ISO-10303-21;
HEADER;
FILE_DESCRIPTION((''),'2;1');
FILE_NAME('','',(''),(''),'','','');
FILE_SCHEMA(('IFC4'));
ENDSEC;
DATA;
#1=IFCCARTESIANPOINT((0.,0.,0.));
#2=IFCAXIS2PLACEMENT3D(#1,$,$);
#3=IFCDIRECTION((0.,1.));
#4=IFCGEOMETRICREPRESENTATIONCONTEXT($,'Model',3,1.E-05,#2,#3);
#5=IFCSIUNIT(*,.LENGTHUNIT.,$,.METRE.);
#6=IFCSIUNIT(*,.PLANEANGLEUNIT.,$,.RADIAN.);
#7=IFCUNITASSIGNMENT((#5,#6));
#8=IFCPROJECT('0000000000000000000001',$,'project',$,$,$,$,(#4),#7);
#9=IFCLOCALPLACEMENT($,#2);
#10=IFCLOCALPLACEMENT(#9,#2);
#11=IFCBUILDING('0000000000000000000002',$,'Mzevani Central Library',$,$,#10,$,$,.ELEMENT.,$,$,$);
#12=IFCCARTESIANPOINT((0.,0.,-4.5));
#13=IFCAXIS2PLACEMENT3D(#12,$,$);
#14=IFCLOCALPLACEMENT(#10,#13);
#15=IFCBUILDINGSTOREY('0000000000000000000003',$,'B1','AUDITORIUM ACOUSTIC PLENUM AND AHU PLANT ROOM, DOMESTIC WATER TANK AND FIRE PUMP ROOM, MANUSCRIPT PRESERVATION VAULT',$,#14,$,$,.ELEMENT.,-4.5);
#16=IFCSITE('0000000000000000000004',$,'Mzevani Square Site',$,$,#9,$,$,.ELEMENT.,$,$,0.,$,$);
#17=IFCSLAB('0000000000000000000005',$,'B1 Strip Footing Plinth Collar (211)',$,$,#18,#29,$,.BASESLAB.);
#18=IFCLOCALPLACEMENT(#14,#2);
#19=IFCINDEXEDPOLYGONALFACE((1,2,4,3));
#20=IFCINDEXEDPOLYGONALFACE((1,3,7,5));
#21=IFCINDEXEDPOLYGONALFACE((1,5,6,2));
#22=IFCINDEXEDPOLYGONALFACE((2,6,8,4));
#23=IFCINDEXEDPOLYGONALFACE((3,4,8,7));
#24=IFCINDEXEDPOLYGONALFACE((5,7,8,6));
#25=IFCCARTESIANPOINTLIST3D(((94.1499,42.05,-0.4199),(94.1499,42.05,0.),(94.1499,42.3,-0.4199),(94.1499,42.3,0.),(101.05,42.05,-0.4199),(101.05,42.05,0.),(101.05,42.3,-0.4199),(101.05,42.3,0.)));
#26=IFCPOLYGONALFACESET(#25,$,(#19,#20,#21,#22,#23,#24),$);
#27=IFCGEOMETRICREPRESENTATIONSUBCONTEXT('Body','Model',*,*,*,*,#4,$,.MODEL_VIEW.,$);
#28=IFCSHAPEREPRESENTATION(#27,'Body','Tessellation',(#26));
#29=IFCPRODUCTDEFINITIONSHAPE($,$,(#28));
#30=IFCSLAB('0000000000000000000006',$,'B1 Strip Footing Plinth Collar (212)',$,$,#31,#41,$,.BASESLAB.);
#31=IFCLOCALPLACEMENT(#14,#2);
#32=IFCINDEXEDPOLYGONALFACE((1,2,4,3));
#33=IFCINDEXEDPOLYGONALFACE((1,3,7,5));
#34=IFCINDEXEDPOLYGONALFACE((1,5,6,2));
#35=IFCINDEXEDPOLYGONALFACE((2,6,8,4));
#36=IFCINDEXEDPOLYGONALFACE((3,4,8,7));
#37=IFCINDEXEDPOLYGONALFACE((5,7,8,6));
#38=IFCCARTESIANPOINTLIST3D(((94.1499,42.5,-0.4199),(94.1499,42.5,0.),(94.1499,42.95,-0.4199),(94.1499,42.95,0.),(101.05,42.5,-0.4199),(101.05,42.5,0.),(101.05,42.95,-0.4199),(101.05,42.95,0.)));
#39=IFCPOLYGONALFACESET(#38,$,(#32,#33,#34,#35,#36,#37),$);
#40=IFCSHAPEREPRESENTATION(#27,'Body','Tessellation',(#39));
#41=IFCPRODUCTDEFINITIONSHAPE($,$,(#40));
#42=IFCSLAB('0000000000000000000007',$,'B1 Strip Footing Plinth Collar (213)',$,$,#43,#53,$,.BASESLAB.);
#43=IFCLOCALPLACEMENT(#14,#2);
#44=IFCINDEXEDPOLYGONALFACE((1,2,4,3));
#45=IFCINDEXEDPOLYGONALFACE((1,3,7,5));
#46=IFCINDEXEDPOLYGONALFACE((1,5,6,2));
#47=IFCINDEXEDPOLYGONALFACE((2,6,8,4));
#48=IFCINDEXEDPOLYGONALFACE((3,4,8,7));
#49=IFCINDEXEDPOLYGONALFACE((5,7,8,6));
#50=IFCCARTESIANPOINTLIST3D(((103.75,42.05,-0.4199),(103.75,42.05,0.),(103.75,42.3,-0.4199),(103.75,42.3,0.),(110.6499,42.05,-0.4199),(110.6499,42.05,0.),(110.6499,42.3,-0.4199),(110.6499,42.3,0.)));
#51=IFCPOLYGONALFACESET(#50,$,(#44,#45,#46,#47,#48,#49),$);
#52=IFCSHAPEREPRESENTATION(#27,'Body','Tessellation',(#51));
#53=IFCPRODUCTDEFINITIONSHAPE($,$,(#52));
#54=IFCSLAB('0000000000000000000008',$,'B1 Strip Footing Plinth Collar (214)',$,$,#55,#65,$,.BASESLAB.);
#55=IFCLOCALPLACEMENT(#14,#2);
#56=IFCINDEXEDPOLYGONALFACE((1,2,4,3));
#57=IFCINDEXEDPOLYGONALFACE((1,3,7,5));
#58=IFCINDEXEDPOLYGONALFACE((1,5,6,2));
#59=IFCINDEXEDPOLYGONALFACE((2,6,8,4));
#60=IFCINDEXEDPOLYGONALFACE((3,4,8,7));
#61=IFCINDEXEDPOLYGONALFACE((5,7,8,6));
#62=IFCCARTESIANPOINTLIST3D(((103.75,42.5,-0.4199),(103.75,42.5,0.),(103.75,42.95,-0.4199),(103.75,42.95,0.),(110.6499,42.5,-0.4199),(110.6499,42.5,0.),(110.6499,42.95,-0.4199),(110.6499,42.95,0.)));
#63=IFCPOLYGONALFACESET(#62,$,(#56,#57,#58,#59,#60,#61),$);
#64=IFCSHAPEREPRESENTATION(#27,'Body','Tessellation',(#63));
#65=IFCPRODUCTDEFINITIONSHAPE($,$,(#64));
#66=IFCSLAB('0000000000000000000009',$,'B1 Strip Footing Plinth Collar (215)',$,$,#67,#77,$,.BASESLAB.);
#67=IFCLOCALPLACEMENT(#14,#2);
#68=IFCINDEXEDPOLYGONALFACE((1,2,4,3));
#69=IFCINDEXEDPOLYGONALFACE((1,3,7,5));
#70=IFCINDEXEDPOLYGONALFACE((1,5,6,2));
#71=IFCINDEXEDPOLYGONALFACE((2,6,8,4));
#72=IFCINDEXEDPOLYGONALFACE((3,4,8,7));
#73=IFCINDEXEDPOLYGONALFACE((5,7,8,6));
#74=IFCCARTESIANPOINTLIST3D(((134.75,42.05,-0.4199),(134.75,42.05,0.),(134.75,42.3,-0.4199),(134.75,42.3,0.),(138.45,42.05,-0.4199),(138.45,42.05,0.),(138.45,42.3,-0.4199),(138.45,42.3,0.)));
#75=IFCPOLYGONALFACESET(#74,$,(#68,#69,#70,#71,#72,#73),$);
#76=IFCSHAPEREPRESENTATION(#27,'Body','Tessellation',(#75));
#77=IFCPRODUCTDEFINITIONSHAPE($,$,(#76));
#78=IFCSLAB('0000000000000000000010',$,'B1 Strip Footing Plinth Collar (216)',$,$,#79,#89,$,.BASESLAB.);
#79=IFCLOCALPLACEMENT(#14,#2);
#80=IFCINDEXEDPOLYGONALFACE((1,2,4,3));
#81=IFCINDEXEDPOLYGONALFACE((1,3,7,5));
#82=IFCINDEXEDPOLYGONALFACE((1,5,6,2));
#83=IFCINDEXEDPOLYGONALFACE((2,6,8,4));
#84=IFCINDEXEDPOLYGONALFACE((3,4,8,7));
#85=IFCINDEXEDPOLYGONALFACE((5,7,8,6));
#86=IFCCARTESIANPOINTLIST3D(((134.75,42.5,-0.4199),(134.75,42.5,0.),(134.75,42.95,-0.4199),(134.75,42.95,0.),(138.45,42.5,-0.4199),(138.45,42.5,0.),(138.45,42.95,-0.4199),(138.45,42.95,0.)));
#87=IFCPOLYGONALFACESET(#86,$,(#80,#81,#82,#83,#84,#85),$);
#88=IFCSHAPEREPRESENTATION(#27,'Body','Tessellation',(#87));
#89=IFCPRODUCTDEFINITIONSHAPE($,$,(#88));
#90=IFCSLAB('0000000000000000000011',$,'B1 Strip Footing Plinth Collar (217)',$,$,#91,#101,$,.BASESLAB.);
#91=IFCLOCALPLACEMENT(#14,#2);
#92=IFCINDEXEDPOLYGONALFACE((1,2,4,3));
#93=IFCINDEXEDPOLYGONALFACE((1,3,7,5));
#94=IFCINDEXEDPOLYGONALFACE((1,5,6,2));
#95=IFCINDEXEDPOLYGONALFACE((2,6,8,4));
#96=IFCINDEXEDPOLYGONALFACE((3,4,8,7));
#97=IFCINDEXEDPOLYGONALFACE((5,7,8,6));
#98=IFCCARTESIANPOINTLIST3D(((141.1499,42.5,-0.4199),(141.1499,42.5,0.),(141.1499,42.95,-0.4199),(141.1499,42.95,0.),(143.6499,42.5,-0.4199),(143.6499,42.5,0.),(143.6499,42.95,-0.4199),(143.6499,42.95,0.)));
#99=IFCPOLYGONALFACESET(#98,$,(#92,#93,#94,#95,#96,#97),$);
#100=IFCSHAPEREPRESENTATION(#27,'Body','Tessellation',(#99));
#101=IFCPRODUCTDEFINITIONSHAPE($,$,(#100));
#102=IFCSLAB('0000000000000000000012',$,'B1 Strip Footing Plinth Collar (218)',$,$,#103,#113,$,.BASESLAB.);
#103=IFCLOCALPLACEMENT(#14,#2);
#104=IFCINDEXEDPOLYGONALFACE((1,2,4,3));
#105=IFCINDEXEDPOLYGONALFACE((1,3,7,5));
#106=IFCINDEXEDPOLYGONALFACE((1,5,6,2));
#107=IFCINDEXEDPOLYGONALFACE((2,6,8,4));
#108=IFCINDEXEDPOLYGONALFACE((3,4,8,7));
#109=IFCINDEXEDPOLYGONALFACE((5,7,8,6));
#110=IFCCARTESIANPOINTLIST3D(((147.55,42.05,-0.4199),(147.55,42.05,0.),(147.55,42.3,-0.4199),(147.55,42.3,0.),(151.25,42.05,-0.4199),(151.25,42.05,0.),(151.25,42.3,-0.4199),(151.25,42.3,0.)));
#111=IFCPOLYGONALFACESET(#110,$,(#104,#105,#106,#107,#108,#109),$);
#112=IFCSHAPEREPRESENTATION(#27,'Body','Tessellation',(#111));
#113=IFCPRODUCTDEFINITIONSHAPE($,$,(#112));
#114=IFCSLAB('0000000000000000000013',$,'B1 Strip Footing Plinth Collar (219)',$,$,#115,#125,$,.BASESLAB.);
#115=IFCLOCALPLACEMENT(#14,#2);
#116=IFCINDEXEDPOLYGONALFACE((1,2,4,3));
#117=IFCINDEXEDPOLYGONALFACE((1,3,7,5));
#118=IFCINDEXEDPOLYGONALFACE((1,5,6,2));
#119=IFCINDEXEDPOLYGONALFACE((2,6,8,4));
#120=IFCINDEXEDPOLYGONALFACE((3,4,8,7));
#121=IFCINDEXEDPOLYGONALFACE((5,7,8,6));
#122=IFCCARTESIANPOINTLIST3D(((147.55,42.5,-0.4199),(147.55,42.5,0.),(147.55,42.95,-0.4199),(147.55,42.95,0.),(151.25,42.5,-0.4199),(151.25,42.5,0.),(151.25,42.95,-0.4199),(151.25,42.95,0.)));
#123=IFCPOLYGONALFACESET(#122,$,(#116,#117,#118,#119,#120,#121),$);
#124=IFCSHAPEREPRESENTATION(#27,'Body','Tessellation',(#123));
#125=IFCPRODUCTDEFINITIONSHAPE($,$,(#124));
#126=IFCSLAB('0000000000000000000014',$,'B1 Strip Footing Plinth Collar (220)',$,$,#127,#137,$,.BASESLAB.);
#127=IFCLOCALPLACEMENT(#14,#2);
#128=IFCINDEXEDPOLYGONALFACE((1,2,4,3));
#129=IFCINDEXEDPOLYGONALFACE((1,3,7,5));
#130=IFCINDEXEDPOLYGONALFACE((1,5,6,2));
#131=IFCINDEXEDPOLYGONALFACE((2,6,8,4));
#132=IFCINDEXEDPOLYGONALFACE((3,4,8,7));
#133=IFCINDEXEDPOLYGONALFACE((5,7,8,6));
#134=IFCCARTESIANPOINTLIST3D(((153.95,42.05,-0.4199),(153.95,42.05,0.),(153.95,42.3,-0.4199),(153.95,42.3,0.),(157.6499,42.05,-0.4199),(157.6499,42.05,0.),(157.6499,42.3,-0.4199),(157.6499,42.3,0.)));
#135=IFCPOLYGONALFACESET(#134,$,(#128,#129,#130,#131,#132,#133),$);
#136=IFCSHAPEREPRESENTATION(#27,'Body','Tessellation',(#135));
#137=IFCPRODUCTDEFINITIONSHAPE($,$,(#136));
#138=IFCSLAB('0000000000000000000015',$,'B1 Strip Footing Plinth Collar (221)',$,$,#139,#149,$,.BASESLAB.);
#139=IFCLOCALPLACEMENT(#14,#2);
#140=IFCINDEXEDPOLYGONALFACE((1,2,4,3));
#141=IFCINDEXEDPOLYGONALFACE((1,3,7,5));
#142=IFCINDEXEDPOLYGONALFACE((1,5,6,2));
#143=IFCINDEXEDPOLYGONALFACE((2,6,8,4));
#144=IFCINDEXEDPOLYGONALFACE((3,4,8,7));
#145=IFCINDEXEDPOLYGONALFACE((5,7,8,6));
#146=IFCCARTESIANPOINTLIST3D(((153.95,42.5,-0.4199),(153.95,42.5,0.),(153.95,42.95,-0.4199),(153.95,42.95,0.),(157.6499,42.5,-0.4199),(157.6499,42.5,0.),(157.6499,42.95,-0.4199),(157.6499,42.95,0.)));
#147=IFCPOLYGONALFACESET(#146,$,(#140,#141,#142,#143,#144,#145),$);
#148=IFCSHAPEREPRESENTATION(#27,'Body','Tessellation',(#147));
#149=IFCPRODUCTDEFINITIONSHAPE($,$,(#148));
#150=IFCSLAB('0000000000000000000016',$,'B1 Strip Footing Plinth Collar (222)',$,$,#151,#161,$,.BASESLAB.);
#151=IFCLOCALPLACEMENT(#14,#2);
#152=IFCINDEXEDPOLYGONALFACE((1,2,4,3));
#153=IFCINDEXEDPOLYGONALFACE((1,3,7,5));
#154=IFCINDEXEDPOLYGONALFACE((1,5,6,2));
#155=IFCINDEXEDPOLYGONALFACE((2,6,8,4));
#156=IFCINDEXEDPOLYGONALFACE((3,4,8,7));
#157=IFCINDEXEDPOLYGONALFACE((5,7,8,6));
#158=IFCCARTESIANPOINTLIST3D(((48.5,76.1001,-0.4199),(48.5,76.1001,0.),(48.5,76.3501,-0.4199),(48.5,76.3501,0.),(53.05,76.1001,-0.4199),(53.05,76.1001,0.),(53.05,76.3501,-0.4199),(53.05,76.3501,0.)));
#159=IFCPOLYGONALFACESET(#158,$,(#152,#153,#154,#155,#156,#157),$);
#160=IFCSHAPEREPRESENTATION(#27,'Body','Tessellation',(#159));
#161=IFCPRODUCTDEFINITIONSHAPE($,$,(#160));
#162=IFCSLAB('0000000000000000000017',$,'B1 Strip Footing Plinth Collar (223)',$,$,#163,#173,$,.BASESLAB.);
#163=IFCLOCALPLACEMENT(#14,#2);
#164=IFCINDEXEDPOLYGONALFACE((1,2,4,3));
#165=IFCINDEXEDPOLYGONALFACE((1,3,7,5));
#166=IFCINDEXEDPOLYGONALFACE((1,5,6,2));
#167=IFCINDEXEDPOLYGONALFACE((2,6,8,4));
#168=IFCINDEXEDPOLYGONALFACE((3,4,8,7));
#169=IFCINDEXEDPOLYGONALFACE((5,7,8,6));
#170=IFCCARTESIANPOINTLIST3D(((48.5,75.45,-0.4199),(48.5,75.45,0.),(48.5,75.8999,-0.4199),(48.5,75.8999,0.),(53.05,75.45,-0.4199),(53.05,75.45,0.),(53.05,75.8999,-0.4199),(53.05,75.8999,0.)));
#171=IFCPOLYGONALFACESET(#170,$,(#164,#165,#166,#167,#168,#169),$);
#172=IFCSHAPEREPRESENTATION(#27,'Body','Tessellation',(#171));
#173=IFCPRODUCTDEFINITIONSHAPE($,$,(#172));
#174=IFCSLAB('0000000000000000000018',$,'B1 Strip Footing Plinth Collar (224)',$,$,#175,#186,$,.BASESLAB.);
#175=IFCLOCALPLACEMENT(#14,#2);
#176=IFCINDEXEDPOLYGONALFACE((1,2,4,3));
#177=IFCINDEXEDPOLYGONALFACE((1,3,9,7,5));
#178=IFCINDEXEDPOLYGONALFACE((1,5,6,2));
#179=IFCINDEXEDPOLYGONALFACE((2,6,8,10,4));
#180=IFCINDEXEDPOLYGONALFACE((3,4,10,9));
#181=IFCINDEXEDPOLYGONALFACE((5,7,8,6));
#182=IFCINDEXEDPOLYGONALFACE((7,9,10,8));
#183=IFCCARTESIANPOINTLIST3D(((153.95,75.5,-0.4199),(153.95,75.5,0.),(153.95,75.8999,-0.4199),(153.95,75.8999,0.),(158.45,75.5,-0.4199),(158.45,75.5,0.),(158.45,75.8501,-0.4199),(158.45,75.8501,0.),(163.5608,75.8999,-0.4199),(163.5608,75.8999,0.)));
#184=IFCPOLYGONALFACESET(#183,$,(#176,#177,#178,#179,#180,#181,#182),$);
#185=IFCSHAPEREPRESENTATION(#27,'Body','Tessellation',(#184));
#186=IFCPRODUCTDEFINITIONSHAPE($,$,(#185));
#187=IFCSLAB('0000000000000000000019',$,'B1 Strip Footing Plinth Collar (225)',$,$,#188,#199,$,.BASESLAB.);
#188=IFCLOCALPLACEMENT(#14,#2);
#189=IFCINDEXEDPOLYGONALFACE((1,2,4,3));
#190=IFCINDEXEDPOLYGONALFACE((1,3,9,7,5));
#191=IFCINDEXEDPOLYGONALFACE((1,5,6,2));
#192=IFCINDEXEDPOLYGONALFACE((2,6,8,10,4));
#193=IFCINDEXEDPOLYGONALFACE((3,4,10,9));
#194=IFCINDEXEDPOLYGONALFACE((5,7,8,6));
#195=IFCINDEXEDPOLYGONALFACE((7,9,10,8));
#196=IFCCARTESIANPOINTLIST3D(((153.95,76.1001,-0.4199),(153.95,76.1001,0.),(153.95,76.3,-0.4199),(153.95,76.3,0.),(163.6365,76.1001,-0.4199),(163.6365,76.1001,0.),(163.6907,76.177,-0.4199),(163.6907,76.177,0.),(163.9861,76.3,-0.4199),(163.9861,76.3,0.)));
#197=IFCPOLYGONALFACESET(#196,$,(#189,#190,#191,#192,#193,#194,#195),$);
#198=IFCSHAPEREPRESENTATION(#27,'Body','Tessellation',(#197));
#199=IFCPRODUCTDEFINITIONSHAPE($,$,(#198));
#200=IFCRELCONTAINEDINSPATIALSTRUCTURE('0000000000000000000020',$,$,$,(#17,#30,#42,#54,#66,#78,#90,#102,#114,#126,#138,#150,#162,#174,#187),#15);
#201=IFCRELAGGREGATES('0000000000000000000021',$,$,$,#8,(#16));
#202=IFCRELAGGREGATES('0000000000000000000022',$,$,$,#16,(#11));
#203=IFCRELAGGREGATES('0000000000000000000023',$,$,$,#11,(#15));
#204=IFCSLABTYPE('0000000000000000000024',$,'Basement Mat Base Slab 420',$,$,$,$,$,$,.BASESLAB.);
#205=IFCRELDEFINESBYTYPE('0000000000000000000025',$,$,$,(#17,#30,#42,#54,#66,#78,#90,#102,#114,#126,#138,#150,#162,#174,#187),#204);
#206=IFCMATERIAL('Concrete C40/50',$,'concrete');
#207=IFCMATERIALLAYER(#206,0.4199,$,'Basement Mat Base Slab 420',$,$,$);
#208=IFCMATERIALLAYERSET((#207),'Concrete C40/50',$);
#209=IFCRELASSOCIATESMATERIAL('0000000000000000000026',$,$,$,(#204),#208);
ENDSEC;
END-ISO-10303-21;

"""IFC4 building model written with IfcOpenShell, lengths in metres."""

from ifc_helpers import new_model, si_unit, direction, frame, origin, place, context, subcontext, project, spatial, polyline, outline, extrude, material, layer, layer_set, type_object, element, save


model = new_model("IFC4")

# Units and contexts
model_context = context("Model", 3, precision=1e-05, world=origin(), true_north=direction((0.0, 1.0)))
body_context = subcontext(model_context, "Body", "Model", "MODEL_VIEW")
ifc_project = project(units=[si_unit("LENGTHUNIT", "METRE"), si_unit("PLANEANGLEUNIT", "RADIAN")], contexts=[model_context])

# Site, building, storey
site_placement = place(None, origin())
site = spatial("IfcSite", under=ifc_project, at=site_placement, Name="Mzevani Square Site", CompositionType="ELEMENT", RefElevation=0.0)
building_placement = place(site_placement, origin())
building = spatial("IfcBuilding", under=site, at=building_placement, Name="Mzevani Central Library", CompositionType="ELEMENT")
storey_placement = place(building_placement, frame((0.0, 0.0, -4.5)))
storey = spatial("IfcBuildingStorey", under=building, at=storey_placement, Name="B1", Description="AUDITORIUM ACOUSTIC PLENUM AND AHU PLANT ROOM, DOMESTIC WATER TANK AND FIRE PUMP ROOM, MANUSCRIPT PRESERVATION VAULT", CompositionType="ELEMENT", Elevation=-4.5)

# Slabs
ifc_material = material(Name="Concrete C40/50", Category="concrete")
ifc_layer = layer(ifc_material, 0.4199, Name="Basement Mat Base Slab 420")
ifc_layer_set = layer_set([ifc_layer], Name="Concrete C40/50")
slab_type = type_object("IfcSlabType", Name="Basement Mat Base Slab 420", PredefinedType="BASESLAB", material=ifc_layer_set)
slab_1_placement = place(storey_placement, frame((0.0, 0.0, -0.4199)))
element("IfcSlab", 1, at=slab_1_placement, inside=storey, type_object=slab_type, Name="B1 Strip Footing Plinth Collar (211)", PredefinedType="BASESLAB", context=body_context, shape_type="SweptSolid", body=[
    extrude(outline(polyline([(94.1499, 42.3), (101.05, 42.3), (101.05, 42.05), (94.1499, 42.05), (94.1499, 42.3)])), origin(), (0.0, 0.0, 1.0), 0.4199),
])
slab_2_placement = place(storey_placement, frame((0.0, 0.0, -0.4199)))
element("IfcSlab", 2, at=slab_2_placement, inside=storey, type_object=slab_type, Name="B1 Strip Footing Plinth Collar (212)", PredefinedType="BASESLAB", context=body_context, shape_type="SweptSolid", body=[
    extrude(outline(polyline([(94.1499, 42.95), (101.05, 42.95), (101.05, 42.5), (94.1499, 42.5), (94.1499, 42.95)])), origin(), (0.0, 0.0, 1.0), 0.4199),
])
slab_3_placement = place(storey_placement, frame((0.0, 0.0, -0.4199)))
element("IfcSlab", 3, at=slab_3_placement, inside=storey, type_object=slab_type, Name="B1 Strip Footing Plinth Collar (213)", PredefinedType="BASESLAB", context=body_context, shape_type="SweptSolid", body=[
    extrude(outline(polyline([(103.75, 42.3), (110.6499, 42.3), (110.6499, 42.05), (103.75, 42.05), (103.75, 42.3)])), origin(), (0.0, 0.0, 1.0), 0.4199),
])
slab_4_placement = place(storey_placement, frame((0.0, 0.0, -0.4199)))
element("IfcSlab", 4, at=slab_4_placement, inside=storey, type_object=slab_type, Name="B1 Strip Footing Plinth Collar (214)", PredefinedType="BASESLAB", context=body_context, shape_type="SweptSolid", body=[
    extrude(outline(polyline([(103.75, 42.95), (110.6499, 42.95), (110.6499, 42.5), (103.75, 42.5), (103.75, 42.95)])), origin(), (0.0, 0.0, 1.0), 0.4199),
])
slab_5_placement = place(storey_placement, frame((0.0, 0.0, -0.4199)))
element("IfcSlab", 5, at=slab_5_placement, inside=storey, type_object=slab_type, Name="B1 Strip Footing Plinth Collar (215)", PredefinedType="BASESLAB", context=body_context, shape_type="SweptSolid", body=[
    extrude(outline(polyline([(134.75, 42.3), (138.45, 42.3), (138.45, 42.05), (134.75, 42.05), (134.75, 42.3)])), origin(), (0.0, 0.0, 1.0), 0.4199),
])
slab_6_placement = place(storey_placement, frame((0.0, 0.0, -0.4199)))
element("IfcSlab", 6, at=slab_6_placement, inside=storey, type_object=slab_type, Name="B1 Strip Footing Plinth Collar (216)", PredefinedType="BASESLAB", context=body_context, shape_type="SweptSolid", body=[
    extrude(outline(polyline([(134.75, 42.95), (138.45, 42.95), (138.45, 42.5), (134.75, 42.5), (134.75, 42.95)])), origin(), (0.0, 0.0, 1.0), 0.4199),
])
slab_7_placement = place(storey_placement, frame((0.0, 0.0, -0.4199)))
element("IfcSlab", 7, at=slab_7_placement, inside=storey, type_object=slab_type, Name="B1 Strip Footing Plinth Collar (217)", PredefinedType="BASESLAB", context=body_context, shape_type="SweptSolid", body=[
    extrude(outline(polyline([(141.1499, 42.95), (143.6499, 42.95), (143.6499, 42.5), (141.1499, 42.5), (141.1499, 42.95)])), origin(), (0.0, 0.0, 1.0), 0.4199),
])
slab_8_placement = place(storey_placement, frame((0.0, 0.0, -0.4199)))
element("IfcSlab", 8, at=slab_8_placement, inside=storey, type_object=slab_type, Name="B1 Strip Footing Plinth Collar (218)", PredefinedType="BASESLAB", context=body_context, shape_type="SweptSolid", body=[
    extrude(outline(polyline([(147.55, 42.3), (151.25, 42.3), (151.25, 42.05), (147.55, 42.05), (147.55, 42.3)])), origin(), (0.0, 0.0, 1.0), 0.4199),
])
slab_9_placement = place(storey_placement, frame((0.0, 0.0, -0.4199)))
element("IfcSlab", 9, at=slab_9_placement, inside=storey, type_object=slab_type, Name="B1 Strip Footing Plinth Collar (219)", PredefinedType="BASESLAB", context=body_context, shape_type="SweptSolid", body=[
    extrude(outline(polyline([(147.55, 42.95), (151.25, 42.95), (151.25, 42.5), (147.55, 42.5), (147.55, 42.95)])), origin(), (0.0, 0.0, 1.0), 0.4199),
])
slab_10_placement = place(storey_placement, frame((0.0, 0.0, -0.4199)))
element("IfcSlab", 10, at=slab_10_placement, inside=storey, type_object=slab_type, Name="B1 Strip Footing Plinth Collar (220)", PredefinedType="BASESLAB", context=body_context, shape_type="SweptSolid", body=[
    extrude(outline(polyline([(153.95, 42.3), (157.6499, 42.3), (157.6499, 42.05), (153.95, 42.05), (153.95, 42.3)])), origin(), (0.0, 0.0, 1.0), 0.4199),
])
slab_11_placement = place(storey_placement, frame((0.0, 0.0, -0.4199)))
element("IfcSlab", 11, at=slab_11_placement, inside=storey, type_object=slab_type, Name="B1 Strip Footing Plinth Collar (221)", PredefinedType="BASESLAB", context=body_context, shape_type="SweptSolid", body=[
    extrude(outline(polyline([(153.95, 42.95), (157.6499, 42.95), (157.6499, 42.5), (153.95, 42.5), (153.95, 42.95)])), origin(), (0.0, 0.0, 1.0), 0.4199),
])
slab_12_placement = place(storey_placement, frame((0.0, 0.0, -0.4199)))
element("IfcSlab", 12, at=slab_12_placement, inside=storey, type_object=slab_type, Name="B1 Strip Footing Plinth Collar (222)", PredefinedType="BASESLAB", context=body_context, shape_type="SweptSolid", body=[
    extrude(outline(polyline([(53.05, 76.1001), (48.5, 76.1001), (48.5, 76.3501), (53.05, 76.3501), (53.05, 76.1001)])), origin(), (0.0, 0.0, 1.0), 0.4199),
])
slab_13_placement = place(storey_placement, frame((0.0, 0.0, -0.4199)))
element("IfcSlab", 13, at=slab_13_placement, inside=storey, type_object=slab_type, Name="B1 Strip Footing Plinth Collar (223)", PredefinedType="BASESLAB", context=body_context, shape_type="SweptSolid", body=[
    extrude(outline(polyline([(53.05, 75.45), (48.5, 75.45), (48.5, 75.8999), (53.05, 75.8999), (53.05, 75.45)])), origin(), (0.0, 0.0, 1.0), 0.4199),
])
slab_14_placement = place(storey_placement, frame((0.0, 0.0, -0.4199)))
element("IfcSlab", 14, at=slab_14_placement, inside=storey, type_object=slab_type, Name="B1 Strip Footing Plinth Collar (224)", PredefinedType="BASESLAB", context=body_context, shape_type="SweptSolid", body=[
    extrude(outline(polyline([(153.95, 75.5), (153.95, 75.8999), (163.5608, 75.8999), (158.45, 75.8501), (158.45, 75.5), (153.95, 75.5)])), origin(), (0.0, 0.0, 1.0), 0.4199),
])
slab_15_placement = place(storey_placement, frame((0.0, 0.0, -0.4199)))
element("IfcSlab", 15, at=slab_15_placement, inside=storey, type_object=slab_type, Name="B1 Strip Footing Plinth Collar (225)", PredefinedType="BASESLAB", context=body_context, shape_type="SweptSolid", body=[
    extrude(outline(polyline([(153.95, 76.3), (163.9861, 76.3), (163.6907, 76.177), (163.6365, 76.1001), (153.95, 76.1001), (153.95, 76.3)])), origin(), (0.0, 0.0, 1.0), 0.4199),
])

save(model, "model.ifc")
